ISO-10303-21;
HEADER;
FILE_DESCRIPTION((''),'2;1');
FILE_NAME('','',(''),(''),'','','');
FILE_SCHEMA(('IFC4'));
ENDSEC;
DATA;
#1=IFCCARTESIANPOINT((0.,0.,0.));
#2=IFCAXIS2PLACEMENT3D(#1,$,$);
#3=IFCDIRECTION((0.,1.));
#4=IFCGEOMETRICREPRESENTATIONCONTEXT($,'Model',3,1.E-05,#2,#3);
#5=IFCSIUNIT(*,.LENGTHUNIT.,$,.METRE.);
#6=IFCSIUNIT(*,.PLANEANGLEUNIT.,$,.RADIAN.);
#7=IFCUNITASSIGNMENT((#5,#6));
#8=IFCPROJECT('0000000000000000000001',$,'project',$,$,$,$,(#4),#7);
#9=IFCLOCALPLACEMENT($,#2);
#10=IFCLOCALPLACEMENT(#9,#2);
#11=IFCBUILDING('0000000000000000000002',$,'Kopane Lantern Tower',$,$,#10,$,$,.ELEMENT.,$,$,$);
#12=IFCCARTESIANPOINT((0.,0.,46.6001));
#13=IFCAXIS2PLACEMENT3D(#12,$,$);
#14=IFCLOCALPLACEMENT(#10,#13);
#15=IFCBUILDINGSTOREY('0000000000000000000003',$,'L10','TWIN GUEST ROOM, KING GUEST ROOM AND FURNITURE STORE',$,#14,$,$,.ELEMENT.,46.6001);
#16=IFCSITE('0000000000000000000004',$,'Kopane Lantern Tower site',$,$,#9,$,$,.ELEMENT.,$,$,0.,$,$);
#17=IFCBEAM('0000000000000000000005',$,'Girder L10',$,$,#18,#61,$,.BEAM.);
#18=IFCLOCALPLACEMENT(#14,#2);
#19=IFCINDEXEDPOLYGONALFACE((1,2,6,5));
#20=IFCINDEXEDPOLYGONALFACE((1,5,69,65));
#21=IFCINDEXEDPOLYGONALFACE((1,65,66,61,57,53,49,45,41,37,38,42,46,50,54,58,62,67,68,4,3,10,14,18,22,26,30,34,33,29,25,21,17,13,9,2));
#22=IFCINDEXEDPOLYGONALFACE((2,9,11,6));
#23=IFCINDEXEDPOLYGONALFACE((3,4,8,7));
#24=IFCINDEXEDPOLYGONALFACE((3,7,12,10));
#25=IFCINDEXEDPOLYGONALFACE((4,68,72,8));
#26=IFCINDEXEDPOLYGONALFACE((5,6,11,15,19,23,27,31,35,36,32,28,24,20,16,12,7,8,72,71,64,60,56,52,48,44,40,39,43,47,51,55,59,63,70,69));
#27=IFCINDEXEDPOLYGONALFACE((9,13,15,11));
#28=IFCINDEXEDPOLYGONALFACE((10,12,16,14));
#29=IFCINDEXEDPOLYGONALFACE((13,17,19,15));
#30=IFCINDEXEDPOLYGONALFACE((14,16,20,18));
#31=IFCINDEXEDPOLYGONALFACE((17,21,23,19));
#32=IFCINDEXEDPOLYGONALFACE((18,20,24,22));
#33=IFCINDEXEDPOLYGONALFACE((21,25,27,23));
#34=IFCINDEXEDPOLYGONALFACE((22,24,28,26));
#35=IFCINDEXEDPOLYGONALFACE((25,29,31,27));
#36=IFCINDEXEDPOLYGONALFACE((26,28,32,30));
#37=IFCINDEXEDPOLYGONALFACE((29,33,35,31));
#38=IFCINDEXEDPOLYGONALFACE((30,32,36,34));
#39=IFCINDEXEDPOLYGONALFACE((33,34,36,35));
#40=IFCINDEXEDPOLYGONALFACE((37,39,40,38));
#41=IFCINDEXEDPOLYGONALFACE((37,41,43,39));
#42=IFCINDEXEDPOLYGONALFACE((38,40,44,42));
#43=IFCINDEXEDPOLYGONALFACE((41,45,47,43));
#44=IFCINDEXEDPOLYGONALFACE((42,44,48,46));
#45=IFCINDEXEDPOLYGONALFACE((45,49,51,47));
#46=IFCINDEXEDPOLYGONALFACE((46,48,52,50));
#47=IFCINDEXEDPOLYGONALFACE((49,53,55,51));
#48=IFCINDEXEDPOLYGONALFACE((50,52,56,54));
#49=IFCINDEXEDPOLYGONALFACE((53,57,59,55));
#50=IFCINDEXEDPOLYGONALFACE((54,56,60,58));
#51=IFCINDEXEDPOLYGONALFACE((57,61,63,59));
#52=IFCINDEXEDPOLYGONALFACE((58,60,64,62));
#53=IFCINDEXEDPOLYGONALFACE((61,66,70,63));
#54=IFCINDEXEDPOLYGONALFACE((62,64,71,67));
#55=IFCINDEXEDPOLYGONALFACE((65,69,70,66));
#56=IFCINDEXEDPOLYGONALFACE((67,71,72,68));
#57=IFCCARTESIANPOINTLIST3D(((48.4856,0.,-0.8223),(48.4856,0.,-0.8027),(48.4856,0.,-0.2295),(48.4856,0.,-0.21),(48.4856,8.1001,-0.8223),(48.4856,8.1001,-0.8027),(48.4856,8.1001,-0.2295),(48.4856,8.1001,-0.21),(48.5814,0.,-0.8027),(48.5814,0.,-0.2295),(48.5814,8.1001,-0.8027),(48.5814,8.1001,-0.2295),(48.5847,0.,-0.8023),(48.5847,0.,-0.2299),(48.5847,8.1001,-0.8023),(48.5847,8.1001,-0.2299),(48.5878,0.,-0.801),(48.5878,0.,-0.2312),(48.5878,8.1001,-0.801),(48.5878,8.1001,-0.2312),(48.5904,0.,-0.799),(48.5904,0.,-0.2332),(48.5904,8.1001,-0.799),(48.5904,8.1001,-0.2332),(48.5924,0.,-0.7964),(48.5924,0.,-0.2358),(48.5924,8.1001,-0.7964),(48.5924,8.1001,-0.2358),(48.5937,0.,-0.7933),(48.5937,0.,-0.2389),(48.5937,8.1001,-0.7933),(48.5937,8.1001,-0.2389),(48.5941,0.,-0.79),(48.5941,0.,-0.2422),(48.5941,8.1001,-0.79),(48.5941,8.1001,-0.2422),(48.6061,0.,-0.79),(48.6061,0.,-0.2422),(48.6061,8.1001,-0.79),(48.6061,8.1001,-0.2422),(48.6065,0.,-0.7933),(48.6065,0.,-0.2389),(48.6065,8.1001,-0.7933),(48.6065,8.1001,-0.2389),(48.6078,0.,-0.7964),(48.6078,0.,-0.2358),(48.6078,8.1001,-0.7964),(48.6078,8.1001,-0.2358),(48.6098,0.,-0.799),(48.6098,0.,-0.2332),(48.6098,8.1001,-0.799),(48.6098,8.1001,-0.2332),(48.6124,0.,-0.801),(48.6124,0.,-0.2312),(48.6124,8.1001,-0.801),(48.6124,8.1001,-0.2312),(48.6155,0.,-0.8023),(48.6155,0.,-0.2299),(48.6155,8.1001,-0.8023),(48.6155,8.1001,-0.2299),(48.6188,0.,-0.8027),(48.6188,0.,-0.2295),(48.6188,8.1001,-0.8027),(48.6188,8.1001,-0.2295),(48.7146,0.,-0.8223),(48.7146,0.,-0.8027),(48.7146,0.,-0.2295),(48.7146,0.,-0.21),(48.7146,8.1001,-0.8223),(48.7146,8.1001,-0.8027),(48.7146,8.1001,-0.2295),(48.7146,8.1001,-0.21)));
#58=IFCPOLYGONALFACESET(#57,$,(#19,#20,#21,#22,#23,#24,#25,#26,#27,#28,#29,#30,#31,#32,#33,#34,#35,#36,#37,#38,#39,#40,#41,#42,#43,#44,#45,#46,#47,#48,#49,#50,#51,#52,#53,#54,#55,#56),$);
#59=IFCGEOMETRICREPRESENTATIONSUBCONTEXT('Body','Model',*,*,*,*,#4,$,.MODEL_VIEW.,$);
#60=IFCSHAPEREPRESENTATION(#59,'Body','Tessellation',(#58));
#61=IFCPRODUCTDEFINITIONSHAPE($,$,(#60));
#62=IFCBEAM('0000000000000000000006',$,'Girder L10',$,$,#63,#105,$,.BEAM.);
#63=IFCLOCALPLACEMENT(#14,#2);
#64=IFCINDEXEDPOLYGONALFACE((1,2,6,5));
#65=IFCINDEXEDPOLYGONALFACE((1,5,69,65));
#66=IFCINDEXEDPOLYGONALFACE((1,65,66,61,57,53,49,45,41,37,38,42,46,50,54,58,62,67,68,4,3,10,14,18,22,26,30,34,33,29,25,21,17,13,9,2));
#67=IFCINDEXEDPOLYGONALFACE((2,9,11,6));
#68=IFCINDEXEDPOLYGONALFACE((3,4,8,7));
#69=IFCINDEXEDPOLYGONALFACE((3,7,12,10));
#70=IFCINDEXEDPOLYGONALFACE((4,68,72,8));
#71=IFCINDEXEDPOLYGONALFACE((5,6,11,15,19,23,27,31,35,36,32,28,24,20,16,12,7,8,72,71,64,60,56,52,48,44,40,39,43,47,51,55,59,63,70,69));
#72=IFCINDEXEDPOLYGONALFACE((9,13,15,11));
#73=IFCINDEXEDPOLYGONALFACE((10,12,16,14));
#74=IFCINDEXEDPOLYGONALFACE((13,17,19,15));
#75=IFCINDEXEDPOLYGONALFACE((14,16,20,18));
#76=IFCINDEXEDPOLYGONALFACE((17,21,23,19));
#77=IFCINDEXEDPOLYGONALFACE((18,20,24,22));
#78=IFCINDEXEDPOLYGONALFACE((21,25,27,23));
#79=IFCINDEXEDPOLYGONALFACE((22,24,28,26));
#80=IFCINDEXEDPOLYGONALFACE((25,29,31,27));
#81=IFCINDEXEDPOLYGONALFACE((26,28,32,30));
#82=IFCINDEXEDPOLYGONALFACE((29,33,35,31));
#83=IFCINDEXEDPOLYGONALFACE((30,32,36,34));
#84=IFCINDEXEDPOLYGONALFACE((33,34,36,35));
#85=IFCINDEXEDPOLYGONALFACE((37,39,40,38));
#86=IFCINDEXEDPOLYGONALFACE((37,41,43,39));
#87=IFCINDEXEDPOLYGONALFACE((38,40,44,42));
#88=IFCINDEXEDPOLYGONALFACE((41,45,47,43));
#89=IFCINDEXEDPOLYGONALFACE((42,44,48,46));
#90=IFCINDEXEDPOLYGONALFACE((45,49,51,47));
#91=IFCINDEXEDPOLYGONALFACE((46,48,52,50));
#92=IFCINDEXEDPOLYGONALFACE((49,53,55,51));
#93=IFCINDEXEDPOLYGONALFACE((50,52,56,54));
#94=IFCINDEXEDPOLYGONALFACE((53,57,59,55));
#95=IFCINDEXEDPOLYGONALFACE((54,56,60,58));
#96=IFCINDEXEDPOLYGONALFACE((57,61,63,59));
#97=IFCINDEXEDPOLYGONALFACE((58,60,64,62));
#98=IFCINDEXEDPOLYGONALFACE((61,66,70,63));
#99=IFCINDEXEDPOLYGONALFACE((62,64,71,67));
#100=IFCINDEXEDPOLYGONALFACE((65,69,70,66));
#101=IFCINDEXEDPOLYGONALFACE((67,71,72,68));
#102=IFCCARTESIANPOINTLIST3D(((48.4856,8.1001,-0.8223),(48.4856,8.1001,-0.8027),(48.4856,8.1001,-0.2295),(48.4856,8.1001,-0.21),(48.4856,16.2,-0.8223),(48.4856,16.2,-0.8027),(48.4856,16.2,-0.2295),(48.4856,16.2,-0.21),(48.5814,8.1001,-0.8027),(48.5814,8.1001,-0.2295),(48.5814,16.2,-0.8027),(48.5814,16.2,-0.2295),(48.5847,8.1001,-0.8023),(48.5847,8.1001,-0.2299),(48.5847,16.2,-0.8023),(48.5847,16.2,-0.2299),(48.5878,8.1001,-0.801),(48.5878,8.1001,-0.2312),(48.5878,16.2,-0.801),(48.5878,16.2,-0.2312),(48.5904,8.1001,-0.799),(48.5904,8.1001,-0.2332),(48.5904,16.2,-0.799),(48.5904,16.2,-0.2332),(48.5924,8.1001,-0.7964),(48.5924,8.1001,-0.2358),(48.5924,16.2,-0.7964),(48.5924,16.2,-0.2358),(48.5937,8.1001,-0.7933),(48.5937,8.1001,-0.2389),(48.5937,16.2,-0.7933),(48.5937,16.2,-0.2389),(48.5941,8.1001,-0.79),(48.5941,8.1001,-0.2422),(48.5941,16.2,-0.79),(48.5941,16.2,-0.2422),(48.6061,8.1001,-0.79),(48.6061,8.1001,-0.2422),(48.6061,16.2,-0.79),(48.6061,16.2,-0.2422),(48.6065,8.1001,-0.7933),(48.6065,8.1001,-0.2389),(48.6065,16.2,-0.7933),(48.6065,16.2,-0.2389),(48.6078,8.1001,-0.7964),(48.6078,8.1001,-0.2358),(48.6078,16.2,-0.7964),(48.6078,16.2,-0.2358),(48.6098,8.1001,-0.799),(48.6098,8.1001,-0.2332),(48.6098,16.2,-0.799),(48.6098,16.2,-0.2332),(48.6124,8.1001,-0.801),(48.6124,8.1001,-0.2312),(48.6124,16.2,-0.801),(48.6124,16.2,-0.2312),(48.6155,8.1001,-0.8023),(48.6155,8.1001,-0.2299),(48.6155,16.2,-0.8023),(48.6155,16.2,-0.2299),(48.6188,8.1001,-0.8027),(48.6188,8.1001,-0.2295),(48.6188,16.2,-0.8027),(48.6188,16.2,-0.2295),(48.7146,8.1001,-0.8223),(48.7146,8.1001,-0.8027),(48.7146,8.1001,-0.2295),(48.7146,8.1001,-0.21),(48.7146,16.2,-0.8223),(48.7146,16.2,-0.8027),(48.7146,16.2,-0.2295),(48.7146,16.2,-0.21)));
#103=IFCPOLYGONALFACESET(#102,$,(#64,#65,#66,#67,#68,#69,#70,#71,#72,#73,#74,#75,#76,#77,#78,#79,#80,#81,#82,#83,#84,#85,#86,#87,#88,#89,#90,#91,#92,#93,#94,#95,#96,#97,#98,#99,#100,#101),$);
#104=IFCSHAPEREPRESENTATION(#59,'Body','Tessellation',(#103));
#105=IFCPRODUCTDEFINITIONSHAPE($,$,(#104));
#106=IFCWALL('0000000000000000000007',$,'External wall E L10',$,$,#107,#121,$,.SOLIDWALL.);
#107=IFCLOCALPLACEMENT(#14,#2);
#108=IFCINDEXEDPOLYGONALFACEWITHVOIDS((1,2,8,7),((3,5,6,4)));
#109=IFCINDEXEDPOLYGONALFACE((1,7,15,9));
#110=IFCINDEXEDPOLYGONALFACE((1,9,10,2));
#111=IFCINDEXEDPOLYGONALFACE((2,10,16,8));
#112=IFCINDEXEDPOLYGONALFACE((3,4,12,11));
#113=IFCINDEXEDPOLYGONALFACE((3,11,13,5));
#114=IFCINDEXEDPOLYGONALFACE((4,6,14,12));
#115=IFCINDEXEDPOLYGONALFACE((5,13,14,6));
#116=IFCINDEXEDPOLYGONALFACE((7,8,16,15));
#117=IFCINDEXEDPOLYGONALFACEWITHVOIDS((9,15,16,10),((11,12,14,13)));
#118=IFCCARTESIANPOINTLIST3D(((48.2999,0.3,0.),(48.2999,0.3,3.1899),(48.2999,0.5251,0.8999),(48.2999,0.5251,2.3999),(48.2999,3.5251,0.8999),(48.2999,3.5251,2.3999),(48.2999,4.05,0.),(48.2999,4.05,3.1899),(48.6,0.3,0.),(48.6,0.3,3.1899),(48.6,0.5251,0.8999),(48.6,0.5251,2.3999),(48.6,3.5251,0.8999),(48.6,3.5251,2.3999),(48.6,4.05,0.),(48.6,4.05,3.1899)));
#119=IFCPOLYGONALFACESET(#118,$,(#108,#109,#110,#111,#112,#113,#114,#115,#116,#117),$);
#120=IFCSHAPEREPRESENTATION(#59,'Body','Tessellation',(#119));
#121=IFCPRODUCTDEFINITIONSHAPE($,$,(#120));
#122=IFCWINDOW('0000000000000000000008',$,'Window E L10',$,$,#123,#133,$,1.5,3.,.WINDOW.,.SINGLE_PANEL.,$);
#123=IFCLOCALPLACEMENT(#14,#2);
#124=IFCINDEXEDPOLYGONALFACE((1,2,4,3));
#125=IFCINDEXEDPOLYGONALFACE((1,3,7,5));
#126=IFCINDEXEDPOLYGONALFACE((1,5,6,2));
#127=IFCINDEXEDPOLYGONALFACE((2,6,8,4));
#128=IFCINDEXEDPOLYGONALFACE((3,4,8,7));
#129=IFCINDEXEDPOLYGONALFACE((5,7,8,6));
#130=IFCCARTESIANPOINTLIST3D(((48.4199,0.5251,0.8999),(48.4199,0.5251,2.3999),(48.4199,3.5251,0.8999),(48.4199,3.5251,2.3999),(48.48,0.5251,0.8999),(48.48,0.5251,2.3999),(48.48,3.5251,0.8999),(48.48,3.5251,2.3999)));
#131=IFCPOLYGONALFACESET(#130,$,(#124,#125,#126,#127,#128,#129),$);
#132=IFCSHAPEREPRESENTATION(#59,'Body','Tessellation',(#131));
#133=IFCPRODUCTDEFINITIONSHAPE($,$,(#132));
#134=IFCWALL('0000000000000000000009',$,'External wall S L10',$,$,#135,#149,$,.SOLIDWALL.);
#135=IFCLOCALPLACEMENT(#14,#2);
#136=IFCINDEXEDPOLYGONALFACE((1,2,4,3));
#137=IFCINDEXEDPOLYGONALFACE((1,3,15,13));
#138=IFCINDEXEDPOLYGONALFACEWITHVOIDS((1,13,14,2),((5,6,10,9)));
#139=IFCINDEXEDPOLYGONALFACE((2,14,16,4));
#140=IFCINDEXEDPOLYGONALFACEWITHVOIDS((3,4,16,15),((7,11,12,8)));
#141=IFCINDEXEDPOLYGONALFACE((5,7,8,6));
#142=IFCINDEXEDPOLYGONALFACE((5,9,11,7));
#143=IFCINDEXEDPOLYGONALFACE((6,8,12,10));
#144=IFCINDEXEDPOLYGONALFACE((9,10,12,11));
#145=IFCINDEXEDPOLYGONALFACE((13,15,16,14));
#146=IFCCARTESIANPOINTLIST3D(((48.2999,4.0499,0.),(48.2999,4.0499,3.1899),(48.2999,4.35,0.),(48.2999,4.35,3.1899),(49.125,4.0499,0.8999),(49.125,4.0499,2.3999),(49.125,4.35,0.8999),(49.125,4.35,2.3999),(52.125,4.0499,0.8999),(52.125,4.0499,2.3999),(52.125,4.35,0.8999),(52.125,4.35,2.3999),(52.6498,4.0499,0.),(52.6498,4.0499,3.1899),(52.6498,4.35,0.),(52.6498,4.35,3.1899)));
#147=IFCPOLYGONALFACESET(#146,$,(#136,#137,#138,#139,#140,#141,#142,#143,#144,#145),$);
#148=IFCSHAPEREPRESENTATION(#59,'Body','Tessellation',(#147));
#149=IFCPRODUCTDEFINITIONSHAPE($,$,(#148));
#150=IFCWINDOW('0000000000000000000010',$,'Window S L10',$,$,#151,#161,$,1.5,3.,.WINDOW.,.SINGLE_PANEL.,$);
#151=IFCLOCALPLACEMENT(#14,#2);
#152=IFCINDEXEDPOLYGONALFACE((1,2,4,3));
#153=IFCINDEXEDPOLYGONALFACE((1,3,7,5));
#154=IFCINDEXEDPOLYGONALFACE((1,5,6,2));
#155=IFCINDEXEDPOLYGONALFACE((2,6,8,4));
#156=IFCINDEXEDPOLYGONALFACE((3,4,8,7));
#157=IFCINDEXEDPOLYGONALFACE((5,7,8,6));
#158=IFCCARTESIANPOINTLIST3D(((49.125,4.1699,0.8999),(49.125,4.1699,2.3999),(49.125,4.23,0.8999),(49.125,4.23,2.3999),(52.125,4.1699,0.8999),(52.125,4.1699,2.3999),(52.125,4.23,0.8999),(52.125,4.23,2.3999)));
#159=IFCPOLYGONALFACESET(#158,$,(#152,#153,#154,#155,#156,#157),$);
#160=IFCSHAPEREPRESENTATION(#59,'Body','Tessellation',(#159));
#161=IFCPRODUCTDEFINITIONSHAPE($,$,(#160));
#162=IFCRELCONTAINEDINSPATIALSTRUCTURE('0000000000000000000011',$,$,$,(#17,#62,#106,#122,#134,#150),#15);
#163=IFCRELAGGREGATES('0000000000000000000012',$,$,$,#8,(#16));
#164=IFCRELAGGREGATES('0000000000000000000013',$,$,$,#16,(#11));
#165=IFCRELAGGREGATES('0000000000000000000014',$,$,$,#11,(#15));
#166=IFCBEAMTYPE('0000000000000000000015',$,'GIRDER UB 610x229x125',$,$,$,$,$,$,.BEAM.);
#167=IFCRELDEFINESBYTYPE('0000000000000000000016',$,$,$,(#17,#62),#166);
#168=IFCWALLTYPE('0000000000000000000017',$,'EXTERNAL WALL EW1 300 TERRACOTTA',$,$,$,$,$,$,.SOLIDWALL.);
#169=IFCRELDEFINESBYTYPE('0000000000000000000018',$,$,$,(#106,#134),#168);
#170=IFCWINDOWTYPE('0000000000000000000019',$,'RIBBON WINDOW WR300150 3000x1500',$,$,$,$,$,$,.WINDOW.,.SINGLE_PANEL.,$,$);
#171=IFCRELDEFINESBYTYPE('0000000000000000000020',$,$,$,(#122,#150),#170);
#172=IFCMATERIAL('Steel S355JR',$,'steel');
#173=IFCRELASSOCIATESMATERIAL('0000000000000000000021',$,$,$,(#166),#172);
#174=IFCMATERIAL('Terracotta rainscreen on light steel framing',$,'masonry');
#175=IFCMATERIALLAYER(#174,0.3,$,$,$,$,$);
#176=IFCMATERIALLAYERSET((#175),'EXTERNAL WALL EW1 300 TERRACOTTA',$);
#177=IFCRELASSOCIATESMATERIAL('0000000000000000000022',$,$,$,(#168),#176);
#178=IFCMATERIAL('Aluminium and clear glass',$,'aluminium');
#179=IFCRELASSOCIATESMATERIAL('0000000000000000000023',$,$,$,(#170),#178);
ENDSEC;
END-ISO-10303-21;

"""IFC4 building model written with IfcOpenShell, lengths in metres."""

from ifc_helpers import new_model, si_unit, direction, frame, frame_2d, origin, origin_2d, place, context, subcontext, project, spatial, rectangle, i_section, extrude, material, layer, layer_set, material_profile, profile_set, type_object, element, fill, save


model = new_model("IFC4")

# Units and contexts
model_context = context("Model", 3, precision=1e-05, world=origin(), true_north=direction((0.0, 1.0)))
body_context = subcontext(model_context, "Body", "Model", "MODEL_VIEW")
ifc_project = project(units=[si_unit("LENGTHUNIT", "METRE"), si_unit("PLANEANGLEUNIT", "RADIAN")], contexts=[model_context])

# Site, building, storey
site_placement = place(None, origin())
site = spatial("IfcSite", under=ifc_project, at=site_placement, Name="Kopane Lantern Tower site", CompositionType="ELEMENT", RefElevation=0.0)
building_placement = place(site_placement, origin())
building = spatial("IfcBuilding", under=site, at=building_placement, Name="Kopane Lantern Tower", CompositionType="ELEMENT")
storey_placement = place(building_placement, frame((0.0, 0.0, 46.6001)))
storey = spatial("IfcBuildingStorey", under=building, at=storey_placement, Name="L10", Description="TWIN GUEST ROOM, KING GUEST ROOM AND FURNITURE STORE", CompositionType="ELEMENT", Elevation=46.6001)

# Beams
ifc_material_1 = material(Name="Steel S355JR", Category="steel")
ifc_material_profile_1 = material_profile(ifc_material_1, i_section(OverallWidth=0.229, OverallDepth=0.6123, WebThickness=0.012, FlangeThickness=0.0195, FilletRadius=0.0127, at=origin_2d()), Name="UB 610x229x125")
ifc_profile_set_1 = profile_set([ifc_material_profile_1], Name="Steel S355JR")
beam_type_1 = type_object("IfcBeamType", Name="GIRDER UB 610x229x125", PredefinedType="BEAM", material=ifc_profile_set_1)
beam_1_placement = place(storey_placement, frame((48.6001, 0.0, -0.5161), z_axis=(0.0, 1.0, 0.0), x_axis=(-1.0, 0.0, 0.0)))
element("IfcBeam", 1, at=beam_1_placement, inside=storey, type_object=beam_type_1, Name="Girder L10", PredefinedType="BEAM", context=body_context, shape_type="SweptSolid", body=[
    extrude(i_section(OverallWidth=0.229, OverallDepth=0.6123, WebThickness=0.012, FlangeThickness=0.0195, FilletRadius=0.0127, at=origin_2d()), origin(), (0.0, 0.0, 1.0), 8.1001),
])
beam_2_placement = place(storey_placement, frame((48.6001, 8.1001, -0.5161), z_axis=(0.0, 1.0, 0.0), x_axis=(-1.0, 0.0, 0.0)))
element("IfcBeam", 2, at=beam_2_placement, inside=storey, type_object=beam_type_1, Name="Girder L10", PredefinedType="BEAM", context=body_context, shape_type="SweptSolid", body=[
    extrude(i_section(OverallWidth=0.229, OverallDepth=0.6123, WebThickness=0.012, FlangeThickness=0.0195, FilletRadius=0.0127, at=origin_2d()), origin(), (0.0, 0.0, 1.0), 8.0999),
])

# Walls, openings, windows
ifc_material_2 = material(Name="Terracotta rainscreen on light steel framing", Category="masonry")
ifc_layer = layer(ifc_material_2, 0.3)
ifc_layer_set = layer_set([ifc_layer], Name="EXTERNAL WALL EW1 300 TERRACOTTA")
wall_type = type_object("IfcWallType", Name="EXTERNAL WALL EW1 300 TERRACOTTA", PredefinedType="SOLIDWALL", material=ifc_layer_set)
wall_1_placement = place(storey_placement, frame((48.45, 0.3, 0.0), z_axis=(0.0, 0.0, 1.0), x_axis=(0.0, 1.0, 0.0)))
wall_1 = element("IfcWall", 3, at=wall_1_placement, inside=storey, type_object=wall_type, Name="External wall E L10", PredefinedType="SOLIDWALL", context=body_context, shape_type="SweptSolid", body=[
    extrude(rectangle(XDim=3.75, YDim=0.3, at=frame_2d((1.875, 0.0))), origin(), (0.0, 0.0, 1.0), 3.1899),
])
opening_1_placement = place(wall_1_placement, frame((0.2251, 0.0, 0.8999)))
opening_1 = element("IfcOpeningElement", 4, at=opening_1_placement, cuts=wall_1, PredefinedType="OPENING", context=body_context, shape_type="SweptSolid", body=[
    extrude(rectangle(XDim=3.0, YDim=1.5, at=frame_2d((1.5, 0.75))), frame((0.0, 0.1599, 0.0), z_axis=(0.0, -1.0, 0.0), x_axis=(1.0, 0.0, 0.0)), (0.0, 0.0, 1.0), 0.3201),
])
ifc_material_3 = material(Name="Aluminium and clear glass", Category="aluminium")
window_type = type_object("IfcWindowType", Name="RIBBON WINDOW WR300150 3000x1500", PartitioningType="SINGLE_PANEL", PredefinedType="WINDOW", material=ifc_material_3)
window_1_placement = place(opening_1_placement, origin())
window_1 = element("IfcWindow", 5, at=window_1_placement, inside=storey, type_object=window_type, Name="Window E L10", OverallHeight=1.5, OverallWidth=3.0, PartitioningType="SINGLE_PANEL", PredefinedType="WINDOW", context=body_context, shape_type="SweptSolid", body=[
    extrude(rectangle(XDim=3.0, YDim=1.5, at=frame_2d((1.5, 0.75))), frame((0.0, 0.03, 0.0), z_axis=(0.0, -1.0, 0.0), x_axis=(1.0, 0.0, 0.0)), (0.0, 0.0, 1.0), 0.0601),
])
fill(opening_1, window_1)
wall_2_placement = place(storey_placement, frame((48.3, 4.2, 0.0), z_axis=(0.0, 0.0, 1.0), x_axis=(1.0, 0.0, 0.0)))
wall_2 = element("IfcWall", 6, at=wall_2_placement, inside=storey, type_object=wall_type, Name="External wall S L10", PredefinedType="SOLIDWALL", context=body_context, shape_type="SweptSolid", body=[
    extrude(rectangle(XDim=4.3499, YDim=0.3, at=frame_2d((2.1748, 0.0))), origin(), (0.0, 0.0, 1.0), 3.1899),
])
opening_2_placement = place(wall_2_placement, frame((0.825, 0.0, 0.8999)))
opening_2 = element("IfcOpeningElement", 7, at=opening_2_placement, cuts=wall_2, PredefinedType="OPENING", context=body_context, shape_type="SweptSolid", body=[
    extrude(rectangle(XDim=3.0, YDim=1.5, at=frame_2d((1.5, 0.75))), frame((0.0, 0.1599, 0.0), z_axis=(0.0, -1.0, 0.0), x_axis=(1.0, 0.0, 0.0)), (0.0, 0.0, 1.0), 0.3201),
])
window_2_placement = place(opening_2_placement, origin())
window_2 = element("IfcWindow", 8, at=window_2_placement, inside=storey, type_object=window_type, Name="Window S L10", OverallHeight=1.5, OverallWidth=3.0, PartitioningType="SINGLE_PANEL", PredefinedType="WINDOW", context=body_context, shape_type="SweptSolid", body=[
    extrude(rectangle(XDim=3.0, YDim=1.5, at=frame_2d((1.5, 0.75))), frame((0.0, 0.03, 0.0), z_axis=(0.0, -1.0, 0.0), x_axis=(1.0, 0.0, 0.0)), (0.0, 0.0, 1.0), 0.0601),
])
fill(opening_2, window_2)

save(model, "model.ifc")
